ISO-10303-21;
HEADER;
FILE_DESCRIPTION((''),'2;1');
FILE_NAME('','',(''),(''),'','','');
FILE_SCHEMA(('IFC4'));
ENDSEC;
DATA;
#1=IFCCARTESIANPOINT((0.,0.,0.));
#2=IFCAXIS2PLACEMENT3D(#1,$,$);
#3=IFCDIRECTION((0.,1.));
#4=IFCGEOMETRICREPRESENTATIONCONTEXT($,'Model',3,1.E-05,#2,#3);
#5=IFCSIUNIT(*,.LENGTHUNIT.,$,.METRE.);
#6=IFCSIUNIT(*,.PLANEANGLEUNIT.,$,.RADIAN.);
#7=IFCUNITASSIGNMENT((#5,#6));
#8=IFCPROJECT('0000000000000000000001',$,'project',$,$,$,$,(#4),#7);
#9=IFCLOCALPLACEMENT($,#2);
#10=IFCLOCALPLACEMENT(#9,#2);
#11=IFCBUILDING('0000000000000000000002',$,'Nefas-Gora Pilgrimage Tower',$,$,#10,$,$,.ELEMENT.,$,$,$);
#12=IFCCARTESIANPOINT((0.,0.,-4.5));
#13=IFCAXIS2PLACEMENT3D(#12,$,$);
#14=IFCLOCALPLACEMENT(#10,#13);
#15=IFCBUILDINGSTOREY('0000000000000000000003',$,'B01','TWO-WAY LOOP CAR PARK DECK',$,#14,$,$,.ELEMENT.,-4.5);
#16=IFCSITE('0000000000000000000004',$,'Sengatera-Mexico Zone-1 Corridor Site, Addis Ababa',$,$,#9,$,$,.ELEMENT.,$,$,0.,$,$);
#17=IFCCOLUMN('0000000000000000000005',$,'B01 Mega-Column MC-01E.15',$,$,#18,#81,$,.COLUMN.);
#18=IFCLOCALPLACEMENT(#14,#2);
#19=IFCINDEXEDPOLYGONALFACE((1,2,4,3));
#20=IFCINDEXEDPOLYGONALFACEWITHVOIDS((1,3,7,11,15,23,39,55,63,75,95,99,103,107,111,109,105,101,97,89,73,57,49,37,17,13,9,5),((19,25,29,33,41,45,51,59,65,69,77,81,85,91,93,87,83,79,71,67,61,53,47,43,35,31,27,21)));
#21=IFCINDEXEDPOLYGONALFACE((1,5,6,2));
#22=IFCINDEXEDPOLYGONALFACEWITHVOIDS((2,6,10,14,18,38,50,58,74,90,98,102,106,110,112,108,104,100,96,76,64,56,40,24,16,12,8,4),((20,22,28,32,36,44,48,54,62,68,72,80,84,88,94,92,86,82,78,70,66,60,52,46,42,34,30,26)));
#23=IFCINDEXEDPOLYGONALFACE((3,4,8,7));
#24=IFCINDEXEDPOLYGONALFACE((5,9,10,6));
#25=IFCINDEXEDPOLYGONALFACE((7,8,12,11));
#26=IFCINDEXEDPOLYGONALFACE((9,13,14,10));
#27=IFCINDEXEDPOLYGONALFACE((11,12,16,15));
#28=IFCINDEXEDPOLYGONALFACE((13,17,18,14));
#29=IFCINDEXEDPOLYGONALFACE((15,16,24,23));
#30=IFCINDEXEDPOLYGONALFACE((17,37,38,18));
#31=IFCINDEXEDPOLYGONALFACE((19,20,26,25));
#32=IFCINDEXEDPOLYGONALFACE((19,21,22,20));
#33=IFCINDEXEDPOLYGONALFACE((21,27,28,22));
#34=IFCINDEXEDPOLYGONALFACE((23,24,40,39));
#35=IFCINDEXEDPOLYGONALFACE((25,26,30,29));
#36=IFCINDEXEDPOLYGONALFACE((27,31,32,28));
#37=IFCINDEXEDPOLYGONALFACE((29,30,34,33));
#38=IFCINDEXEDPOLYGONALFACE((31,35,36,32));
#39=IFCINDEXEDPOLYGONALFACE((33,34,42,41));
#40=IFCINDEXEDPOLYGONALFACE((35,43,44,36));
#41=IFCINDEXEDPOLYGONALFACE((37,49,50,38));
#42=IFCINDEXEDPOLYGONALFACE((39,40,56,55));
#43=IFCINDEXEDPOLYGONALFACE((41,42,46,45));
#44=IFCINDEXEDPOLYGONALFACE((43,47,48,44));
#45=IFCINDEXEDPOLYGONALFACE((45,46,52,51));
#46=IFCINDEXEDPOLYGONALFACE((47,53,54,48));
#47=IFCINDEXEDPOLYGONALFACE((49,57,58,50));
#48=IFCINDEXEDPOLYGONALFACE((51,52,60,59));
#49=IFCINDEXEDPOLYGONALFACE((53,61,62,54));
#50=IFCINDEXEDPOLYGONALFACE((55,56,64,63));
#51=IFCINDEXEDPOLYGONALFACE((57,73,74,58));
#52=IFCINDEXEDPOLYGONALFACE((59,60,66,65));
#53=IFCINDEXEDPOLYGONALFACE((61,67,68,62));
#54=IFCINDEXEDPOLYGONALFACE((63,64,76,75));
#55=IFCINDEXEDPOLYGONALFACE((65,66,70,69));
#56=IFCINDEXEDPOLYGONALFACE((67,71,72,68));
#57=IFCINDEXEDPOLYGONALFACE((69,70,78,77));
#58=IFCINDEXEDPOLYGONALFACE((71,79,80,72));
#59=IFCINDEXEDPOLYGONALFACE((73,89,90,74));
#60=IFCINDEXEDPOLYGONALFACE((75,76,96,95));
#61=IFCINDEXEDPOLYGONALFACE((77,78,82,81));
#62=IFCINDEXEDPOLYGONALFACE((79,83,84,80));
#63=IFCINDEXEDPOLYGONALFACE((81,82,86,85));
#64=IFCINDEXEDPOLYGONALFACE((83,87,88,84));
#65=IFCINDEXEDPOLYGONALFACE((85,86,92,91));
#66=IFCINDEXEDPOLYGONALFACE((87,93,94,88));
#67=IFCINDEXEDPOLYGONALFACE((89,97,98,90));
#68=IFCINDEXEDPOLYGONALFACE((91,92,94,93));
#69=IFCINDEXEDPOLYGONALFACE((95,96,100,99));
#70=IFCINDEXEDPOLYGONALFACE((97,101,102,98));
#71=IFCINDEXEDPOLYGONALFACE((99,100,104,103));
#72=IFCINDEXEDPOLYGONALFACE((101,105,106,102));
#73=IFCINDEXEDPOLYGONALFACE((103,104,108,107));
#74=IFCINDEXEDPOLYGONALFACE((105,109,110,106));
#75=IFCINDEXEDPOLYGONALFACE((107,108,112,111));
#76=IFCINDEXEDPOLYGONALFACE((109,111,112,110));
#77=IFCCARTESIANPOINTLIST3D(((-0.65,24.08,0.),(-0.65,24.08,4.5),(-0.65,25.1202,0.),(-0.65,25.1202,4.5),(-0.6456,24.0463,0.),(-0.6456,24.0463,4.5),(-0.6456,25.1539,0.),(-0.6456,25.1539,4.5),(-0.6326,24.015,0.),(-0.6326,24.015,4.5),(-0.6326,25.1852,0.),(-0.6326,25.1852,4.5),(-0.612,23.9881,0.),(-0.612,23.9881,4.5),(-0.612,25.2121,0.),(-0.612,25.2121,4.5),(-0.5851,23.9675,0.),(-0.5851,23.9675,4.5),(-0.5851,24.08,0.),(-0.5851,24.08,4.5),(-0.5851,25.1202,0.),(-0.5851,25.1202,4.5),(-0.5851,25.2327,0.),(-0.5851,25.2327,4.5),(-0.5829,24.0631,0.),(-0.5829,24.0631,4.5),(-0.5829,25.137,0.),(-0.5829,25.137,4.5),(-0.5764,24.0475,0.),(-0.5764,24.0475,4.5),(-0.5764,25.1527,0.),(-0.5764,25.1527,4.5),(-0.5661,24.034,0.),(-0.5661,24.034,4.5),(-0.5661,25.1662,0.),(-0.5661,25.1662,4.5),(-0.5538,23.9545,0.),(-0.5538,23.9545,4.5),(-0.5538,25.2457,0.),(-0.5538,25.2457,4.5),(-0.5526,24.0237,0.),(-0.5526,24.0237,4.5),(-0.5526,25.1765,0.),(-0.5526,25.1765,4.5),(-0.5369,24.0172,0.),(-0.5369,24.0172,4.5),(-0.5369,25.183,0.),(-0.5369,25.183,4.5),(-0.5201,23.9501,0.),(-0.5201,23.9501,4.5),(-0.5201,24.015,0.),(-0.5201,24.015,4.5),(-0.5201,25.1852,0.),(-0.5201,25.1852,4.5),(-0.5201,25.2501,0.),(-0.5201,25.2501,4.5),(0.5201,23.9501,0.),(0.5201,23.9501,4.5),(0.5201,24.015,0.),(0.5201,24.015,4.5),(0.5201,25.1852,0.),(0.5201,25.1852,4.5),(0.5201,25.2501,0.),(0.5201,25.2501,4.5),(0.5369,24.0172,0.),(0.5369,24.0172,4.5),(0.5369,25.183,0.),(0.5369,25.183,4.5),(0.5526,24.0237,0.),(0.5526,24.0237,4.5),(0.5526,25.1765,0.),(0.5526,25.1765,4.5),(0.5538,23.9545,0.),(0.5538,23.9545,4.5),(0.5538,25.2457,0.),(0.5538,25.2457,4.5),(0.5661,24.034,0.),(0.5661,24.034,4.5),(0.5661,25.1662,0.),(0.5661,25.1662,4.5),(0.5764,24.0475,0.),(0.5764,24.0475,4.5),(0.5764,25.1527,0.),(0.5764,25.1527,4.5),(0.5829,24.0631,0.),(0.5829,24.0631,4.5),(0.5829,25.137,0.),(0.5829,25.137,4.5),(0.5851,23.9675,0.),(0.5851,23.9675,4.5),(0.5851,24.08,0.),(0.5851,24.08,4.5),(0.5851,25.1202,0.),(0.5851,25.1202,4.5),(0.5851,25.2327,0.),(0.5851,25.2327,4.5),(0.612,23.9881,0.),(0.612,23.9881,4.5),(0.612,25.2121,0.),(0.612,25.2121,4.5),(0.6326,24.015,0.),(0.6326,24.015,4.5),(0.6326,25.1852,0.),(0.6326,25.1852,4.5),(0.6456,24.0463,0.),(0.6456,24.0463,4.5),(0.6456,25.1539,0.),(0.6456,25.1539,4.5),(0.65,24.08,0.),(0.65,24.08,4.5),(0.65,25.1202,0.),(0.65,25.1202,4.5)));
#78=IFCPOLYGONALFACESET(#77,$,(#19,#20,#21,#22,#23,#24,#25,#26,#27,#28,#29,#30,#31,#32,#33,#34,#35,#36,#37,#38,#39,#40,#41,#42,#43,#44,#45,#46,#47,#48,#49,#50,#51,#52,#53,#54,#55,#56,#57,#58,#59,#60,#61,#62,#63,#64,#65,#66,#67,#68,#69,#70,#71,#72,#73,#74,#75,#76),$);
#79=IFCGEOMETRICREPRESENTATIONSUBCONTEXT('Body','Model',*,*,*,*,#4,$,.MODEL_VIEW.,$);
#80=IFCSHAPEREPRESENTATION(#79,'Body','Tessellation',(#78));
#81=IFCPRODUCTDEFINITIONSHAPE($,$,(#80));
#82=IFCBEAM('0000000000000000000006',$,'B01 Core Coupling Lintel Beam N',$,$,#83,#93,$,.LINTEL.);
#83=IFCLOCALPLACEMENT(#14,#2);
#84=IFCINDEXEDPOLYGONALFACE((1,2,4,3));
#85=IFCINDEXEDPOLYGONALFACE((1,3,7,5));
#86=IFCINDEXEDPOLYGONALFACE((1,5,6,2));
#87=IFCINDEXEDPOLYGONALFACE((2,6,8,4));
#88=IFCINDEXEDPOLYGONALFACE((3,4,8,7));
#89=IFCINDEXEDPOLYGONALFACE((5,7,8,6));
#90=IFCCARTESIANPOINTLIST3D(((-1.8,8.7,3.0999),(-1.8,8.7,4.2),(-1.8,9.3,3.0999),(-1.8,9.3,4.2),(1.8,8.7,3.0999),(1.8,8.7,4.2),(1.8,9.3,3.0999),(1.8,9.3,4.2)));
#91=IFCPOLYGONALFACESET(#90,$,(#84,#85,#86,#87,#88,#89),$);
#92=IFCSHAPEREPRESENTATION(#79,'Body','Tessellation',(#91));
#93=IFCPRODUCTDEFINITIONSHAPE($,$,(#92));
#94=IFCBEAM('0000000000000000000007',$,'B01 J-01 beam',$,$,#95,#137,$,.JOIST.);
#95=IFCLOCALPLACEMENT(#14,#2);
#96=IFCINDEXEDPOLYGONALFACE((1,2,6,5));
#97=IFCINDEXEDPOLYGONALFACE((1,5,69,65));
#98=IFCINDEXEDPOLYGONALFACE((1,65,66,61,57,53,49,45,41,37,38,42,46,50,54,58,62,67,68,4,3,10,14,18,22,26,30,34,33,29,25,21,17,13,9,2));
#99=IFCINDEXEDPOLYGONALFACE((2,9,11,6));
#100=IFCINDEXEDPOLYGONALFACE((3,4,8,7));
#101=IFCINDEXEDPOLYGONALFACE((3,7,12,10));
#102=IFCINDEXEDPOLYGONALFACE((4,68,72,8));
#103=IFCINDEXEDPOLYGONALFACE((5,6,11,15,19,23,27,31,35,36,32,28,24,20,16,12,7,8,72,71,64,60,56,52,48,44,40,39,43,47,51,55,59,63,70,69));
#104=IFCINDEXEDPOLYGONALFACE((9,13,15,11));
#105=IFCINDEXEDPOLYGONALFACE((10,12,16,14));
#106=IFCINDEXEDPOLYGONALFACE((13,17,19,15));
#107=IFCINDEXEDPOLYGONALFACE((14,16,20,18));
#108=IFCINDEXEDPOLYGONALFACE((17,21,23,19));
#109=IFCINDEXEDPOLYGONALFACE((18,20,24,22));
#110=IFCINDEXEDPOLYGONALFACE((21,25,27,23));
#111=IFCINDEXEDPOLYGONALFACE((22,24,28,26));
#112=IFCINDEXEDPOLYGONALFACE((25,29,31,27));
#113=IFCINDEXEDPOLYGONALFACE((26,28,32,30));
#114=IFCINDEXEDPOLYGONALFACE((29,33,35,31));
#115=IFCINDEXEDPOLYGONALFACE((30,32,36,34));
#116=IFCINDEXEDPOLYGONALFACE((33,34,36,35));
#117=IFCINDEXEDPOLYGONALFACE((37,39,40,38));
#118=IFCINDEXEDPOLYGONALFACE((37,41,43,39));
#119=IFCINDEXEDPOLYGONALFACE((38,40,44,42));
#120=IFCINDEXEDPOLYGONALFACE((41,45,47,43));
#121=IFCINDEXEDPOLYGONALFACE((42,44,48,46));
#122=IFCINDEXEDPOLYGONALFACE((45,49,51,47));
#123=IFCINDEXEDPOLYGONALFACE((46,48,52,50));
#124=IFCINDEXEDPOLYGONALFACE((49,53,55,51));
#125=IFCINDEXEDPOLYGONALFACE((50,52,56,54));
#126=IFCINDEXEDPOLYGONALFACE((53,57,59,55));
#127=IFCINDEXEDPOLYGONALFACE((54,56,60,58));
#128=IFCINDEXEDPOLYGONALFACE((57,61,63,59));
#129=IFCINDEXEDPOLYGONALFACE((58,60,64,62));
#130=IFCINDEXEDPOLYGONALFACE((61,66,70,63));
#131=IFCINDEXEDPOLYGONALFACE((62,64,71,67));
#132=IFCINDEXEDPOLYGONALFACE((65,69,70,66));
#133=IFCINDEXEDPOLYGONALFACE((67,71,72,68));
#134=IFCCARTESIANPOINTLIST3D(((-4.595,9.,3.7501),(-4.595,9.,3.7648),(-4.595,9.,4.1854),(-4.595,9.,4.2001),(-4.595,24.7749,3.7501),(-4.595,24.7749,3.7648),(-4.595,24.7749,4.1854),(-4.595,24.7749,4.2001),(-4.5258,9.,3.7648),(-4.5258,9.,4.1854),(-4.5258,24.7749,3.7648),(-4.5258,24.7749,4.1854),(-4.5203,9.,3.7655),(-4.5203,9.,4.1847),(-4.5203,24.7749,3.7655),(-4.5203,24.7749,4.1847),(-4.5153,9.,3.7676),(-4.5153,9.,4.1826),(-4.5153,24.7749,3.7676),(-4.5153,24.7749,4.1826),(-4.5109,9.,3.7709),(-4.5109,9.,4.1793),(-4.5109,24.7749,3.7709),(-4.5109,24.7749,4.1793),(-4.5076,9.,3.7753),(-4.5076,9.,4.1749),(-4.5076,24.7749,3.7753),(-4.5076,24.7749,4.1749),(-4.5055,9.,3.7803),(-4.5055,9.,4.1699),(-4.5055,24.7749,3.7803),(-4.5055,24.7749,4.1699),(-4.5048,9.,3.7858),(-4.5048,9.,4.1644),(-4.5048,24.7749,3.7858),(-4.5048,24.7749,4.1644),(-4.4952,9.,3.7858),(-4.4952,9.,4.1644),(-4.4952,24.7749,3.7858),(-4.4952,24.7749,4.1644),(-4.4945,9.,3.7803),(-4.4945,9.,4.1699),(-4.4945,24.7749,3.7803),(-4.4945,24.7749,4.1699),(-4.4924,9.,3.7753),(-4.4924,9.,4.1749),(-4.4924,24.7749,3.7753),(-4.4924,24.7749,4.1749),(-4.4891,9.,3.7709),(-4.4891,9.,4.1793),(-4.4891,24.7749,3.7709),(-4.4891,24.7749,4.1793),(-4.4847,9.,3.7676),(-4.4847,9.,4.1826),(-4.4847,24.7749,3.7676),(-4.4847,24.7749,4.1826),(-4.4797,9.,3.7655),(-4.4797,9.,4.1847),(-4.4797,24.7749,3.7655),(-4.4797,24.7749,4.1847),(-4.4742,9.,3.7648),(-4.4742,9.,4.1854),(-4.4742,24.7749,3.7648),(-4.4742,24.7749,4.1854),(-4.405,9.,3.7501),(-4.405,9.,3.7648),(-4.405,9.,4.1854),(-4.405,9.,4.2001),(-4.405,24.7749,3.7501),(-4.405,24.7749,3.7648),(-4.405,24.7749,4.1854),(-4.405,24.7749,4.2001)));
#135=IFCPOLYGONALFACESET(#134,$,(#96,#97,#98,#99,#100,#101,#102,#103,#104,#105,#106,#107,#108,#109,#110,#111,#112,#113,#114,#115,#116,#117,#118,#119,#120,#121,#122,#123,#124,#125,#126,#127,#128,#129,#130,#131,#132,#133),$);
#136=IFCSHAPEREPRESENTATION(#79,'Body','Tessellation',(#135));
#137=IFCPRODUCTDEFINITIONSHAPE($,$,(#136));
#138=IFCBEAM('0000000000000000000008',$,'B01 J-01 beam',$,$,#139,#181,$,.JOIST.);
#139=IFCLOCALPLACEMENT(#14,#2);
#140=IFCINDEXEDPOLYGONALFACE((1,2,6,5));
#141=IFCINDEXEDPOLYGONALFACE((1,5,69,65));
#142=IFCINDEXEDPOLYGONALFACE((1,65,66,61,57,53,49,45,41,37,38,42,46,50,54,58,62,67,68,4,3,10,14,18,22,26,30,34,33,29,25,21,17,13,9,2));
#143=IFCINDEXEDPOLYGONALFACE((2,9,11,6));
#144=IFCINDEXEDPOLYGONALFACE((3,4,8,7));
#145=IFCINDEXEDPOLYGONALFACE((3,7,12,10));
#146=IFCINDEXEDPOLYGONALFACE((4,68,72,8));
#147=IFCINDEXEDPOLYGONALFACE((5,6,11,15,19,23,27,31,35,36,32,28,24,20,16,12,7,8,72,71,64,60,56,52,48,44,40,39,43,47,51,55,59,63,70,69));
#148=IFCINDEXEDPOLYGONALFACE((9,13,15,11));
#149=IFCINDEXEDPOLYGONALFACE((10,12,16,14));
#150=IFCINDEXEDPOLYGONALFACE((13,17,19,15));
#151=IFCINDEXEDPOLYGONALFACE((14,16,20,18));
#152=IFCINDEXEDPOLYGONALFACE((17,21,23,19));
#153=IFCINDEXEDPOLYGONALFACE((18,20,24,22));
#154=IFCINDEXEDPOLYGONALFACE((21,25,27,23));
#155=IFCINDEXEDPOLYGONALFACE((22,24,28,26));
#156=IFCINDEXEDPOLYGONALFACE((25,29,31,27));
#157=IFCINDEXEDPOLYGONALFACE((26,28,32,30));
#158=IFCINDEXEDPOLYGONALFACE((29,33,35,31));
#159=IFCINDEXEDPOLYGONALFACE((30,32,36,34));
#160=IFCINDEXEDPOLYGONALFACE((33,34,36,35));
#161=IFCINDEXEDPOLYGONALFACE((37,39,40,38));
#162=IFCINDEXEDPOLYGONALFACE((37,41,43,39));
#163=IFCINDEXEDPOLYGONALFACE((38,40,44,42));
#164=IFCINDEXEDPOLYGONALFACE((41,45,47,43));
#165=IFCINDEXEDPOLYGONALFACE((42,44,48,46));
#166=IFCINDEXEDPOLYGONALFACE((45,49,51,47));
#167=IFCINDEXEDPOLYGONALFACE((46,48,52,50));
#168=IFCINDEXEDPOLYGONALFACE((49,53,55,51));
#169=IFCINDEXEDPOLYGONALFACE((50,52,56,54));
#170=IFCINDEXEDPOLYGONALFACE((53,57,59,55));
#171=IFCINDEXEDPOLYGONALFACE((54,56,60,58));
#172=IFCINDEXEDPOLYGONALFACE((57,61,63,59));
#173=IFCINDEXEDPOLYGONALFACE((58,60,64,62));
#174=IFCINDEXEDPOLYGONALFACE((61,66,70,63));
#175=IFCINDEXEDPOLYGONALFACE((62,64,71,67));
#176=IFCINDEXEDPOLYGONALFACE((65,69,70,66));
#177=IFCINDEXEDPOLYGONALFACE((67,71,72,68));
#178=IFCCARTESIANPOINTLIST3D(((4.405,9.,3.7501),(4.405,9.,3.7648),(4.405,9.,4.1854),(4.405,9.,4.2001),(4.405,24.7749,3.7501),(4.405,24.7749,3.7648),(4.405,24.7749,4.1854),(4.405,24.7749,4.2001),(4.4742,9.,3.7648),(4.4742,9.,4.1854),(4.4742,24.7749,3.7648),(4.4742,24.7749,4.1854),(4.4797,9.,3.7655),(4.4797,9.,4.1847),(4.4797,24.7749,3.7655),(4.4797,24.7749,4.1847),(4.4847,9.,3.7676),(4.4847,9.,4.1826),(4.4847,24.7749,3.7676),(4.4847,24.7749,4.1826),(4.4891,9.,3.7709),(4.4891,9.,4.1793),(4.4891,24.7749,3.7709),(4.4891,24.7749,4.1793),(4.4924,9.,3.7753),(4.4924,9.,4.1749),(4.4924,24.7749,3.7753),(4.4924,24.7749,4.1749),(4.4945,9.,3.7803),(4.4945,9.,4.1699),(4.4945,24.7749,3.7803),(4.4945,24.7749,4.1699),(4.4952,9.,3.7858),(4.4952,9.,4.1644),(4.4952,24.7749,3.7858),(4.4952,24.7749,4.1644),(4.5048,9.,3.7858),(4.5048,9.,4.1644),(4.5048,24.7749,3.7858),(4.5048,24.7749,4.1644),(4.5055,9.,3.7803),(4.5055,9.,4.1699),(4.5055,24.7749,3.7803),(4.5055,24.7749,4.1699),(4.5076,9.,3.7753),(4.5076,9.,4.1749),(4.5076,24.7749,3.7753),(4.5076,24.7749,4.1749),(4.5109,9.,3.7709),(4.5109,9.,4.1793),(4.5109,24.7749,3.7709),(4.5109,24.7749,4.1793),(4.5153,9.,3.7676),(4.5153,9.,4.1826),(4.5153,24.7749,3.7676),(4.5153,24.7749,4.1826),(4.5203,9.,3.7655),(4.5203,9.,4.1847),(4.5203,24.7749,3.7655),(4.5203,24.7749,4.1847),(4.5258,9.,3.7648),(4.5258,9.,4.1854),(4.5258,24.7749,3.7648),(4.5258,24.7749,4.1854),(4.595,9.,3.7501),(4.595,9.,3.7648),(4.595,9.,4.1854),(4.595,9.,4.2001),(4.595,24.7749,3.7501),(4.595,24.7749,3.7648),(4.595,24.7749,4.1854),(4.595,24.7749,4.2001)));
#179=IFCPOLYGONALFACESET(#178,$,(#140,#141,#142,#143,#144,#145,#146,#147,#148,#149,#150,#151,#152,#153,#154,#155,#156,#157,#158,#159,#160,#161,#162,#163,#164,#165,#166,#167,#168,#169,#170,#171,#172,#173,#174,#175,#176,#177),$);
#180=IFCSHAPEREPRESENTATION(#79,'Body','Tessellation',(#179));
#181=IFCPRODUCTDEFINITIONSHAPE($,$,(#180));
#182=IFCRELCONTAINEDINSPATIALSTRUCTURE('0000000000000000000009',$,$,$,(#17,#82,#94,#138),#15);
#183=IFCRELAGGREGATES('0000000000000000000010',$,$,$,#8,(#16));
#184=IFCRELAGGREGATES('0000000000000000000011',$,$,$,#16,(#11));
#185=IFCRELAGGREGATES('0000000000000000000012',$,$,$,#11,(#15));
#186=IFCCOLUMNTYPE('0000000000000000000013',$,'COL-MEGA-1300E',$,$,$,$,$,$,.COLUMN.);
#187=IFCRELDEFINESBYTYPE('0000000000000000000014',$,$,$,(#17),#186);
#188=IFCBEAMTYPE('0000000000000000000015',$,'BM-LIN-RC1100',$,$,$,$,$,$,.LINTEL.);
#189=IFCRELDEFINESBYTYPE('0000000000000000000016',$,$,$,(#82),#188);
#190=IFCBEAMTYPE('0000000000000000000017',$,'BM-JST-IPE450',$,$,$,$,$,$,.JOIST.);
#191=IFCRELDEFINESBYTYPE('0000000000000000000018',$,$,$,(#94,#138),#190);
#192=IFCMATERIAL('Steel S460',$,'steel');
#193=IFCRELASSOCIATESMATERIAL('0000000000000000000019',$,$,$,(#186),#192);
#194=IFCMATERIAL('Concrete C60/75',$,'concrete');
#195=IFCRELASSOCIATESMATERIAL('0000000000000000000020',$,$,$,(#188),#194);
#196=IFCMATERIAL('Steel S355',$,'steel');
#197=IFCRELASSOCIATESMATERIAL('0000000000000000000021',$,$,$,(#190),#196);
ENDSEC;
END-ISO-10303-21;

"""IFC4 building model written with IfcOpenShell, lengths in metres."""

from ifc_helpers import new_model, si_unit, direction, frame, origin, origin_2d, place, context, subcontext, project, spatial, rectangle, hollow_rectangle, i_section, extrude, source, transform, mapped, material, material_profile, profile_set, type_object, element, save


model = new_model("IFC4")

# Units and contexts
model_context = context("Model", 3, precision=1e-05, world=origin(), true_north=direction((0.0, 1.0)))
body_context = subcontext(model_context, "Body", "Model", "MODEL_VIEW")
ifc_project = project(units=[si_unit("LENGTHUNIT", "METRE"), si_unit("PLANEANGLEUNIT", "RADIAN")], contexts=[model_context])

# Site, building, storey
site_placement = place(None, origin())
site = spatial("IfcSite", under=ifc_project, at=site_placement, Name="Sengatera-Mexico Zone-1 Corridor Site, Addis Ababa", CompositionType="ELEMENT", RefElevation=0.0)
building_placement = place(site_placement, origin())
building = spatial("IfcBuilding", under=site, at=building_placement, Name="Nefas-Gora Pilgrimage Tower", CompositionType="ELEMENT")
storey_placement = place(building_placement, frame((0.0, 0.0, -4.5)))
storey = spatial("IfcBuildingStorey", under=building, at=storey_placement, Name="B01", Description="TWO-WAY LOOP CAR PARK DECK", CompositionType="ELEMENT", Elevation=-4.5)

# Column
ifc_material_1 = material(Name="Steel S460", Category="steel")
ifc_material_profile_1 = material_profile(ifc_material_1, hollow_rectangle(XDim=1.3, YDim=1.3, WallThickness=0.0649, InnerFilletRadius=0.0649, OuterFilletRadius=0.1299, at=origin_2d()), Name="BOX 1300x1300x65")
ifc_profile_set_1 = profile_set([ifc_material_profile_1], Name="Steel S460")
column_type = type_object("IfcColumnType", Name="COL-MEGA-1300E", PredefinedType="COLUMN", material=ifc_profile_set_1)
shared_shape_1 = source(origin(), body_context, "Body", "SweptSolid", [
    extrude(hollow_rectangle(XDim=1.3, YDim=1.3, WallThickness=0.0649, InnerFilletRadius=0.0649, OuterFilletRadius=0.1299, at=origin_2d()), origin(), (0.0, 0.0, 1.0), 4.5),
])
column_placement = place(storey_placement, frame((0.0, 24.6001, 0.0), z_axis=(0.0, 0.0, 1.0), x_axis=(1.0, 0.0, 0.0)))
element("IfcColumn", 1, at=column_placement, inside=storey, type_object=column_type, Name="B01 Mega-Column MC-01E.15", PredefinedType="COLUMN", context=body_context, shape_type="MappedRepresentation", body=[
    mapped(shared_shape_1, transform((0.0, 0.0, 0.0), x_axis=(1.0, 0.0, 0.0), y_axis=(0.0, 1.0, 0.0), z_axis=(0.0, 0.0, 1.0), scale=1.0)),
])

# Beams
ifc_material_2 = material(Name="Concrete C60/75", Category="concrete")
ifc_material_profile_2 = material_profile(ifc_material_2, rectangle(XDim=0.6001, YDim=1.1001, at=origin_2d()), Name="RC 600x1100")
ifc_profile_set_2 = profile_set([ifc_material_profile_2], Name="Concrete C60/75")
beam_type_1 = type_object("IfcBeamType", Name="BM-LIN-RC1100", PredefinedType="LINTEL", material=ifc_profile_set_2)
shared_shape_2 = source(origin(), body_context, "Body", "SweptSolid", [
    extrude(rectangle(XDim=0.6001, YDim=1.1001, at=origin_2d()), origin(), (0.0, 0.0, 1.0), 3.6001),
])
beam_placement = place(storey_placement, frame((-1.8, 9.0, 3.6499), z_axis=(1.0, 0.0, 0.0), x_axis=(0.0, 1.0, 0.0)))
element("IfcBeam", 2, at=beam_placement, inside=storey, type_object=beam_type_1, Name="B01 Core Coupling Lintel Beam N", PredefinedType="LINTEL", context=body_context, shape_type="MappedRepresentation", body=[
    mapped(shared_shape_2, transform((0.0, 0.0, 0.0), x_axis=(1.0, 0.0, 0.0), y_axis=(0.0, 1.0, 0.0), z_axis=(0.0, 0.0, 1.0), scale=1.0)),
])
ifc_material_3 = material(Name="Steel S355", Category="steel")
ifc_material_profile_3 = material_profile(ifc_material_3, i_section(OverallWidth=0.1899, OverallDepth=0.45, WebThickness=0.0095, FlangeThickness=0.0146, FilletRadius=0.021, at=origin_2d()), Name="IPE 450")
ifc_profile_set_3 = profile_set([ifc_material_profile_3], Name="Steel S355")
beam_type_2 = type_object("IfcBeamType", Name="BM-JST-IPE450", PredefinedType="JOIST", material=ifc_profile_set_3)
shared_shape_3 = source(origin(), body_context, "Body", "SweptSolid", [
    extrude(i_section(OverallWidth=0.1899, OverallDepth=0.45, WebThickness=0.0095, FlangeThickness=0.0146, FilletRadius=0.021, at=origin_2d()), origin(), (0.0, 0.0, 1.0), 15.7749),
])
for number, where, z_axis, x_axis, name in (
    (3, (-4.5, 9.0, 3.9751), (0.0, 1.0, 0.0), (-1.0, 0.0, 0.0), "B01 J-01 beam"),
    (4, (4.5, 9.0, 3.9751), (0.0, 1.0, 0.0), (-1.0, 0.0, 0.0), "B01 J-01 beam"),
):
    element("IfcBeam", number, at=place(storey_placement, frame(where, z_axis=z_axis, x_axis=x_axis)), inside=storey, type_object=beam_type_2, Name=name, PredefinedType="JOIST", context=body_context, shape_type="MappedRepresentation", body=[
        mapped(shared_shape_3, transform((0.0, 0.0, 0.0), x_axis=(1.0, 0.0, 0.0), y_axis=(0.0, 1.0, 0.0), z_axis=(0.0, 0.0, 1.0), scale=1.0)),
    ])

save(model, "model.ifc")
